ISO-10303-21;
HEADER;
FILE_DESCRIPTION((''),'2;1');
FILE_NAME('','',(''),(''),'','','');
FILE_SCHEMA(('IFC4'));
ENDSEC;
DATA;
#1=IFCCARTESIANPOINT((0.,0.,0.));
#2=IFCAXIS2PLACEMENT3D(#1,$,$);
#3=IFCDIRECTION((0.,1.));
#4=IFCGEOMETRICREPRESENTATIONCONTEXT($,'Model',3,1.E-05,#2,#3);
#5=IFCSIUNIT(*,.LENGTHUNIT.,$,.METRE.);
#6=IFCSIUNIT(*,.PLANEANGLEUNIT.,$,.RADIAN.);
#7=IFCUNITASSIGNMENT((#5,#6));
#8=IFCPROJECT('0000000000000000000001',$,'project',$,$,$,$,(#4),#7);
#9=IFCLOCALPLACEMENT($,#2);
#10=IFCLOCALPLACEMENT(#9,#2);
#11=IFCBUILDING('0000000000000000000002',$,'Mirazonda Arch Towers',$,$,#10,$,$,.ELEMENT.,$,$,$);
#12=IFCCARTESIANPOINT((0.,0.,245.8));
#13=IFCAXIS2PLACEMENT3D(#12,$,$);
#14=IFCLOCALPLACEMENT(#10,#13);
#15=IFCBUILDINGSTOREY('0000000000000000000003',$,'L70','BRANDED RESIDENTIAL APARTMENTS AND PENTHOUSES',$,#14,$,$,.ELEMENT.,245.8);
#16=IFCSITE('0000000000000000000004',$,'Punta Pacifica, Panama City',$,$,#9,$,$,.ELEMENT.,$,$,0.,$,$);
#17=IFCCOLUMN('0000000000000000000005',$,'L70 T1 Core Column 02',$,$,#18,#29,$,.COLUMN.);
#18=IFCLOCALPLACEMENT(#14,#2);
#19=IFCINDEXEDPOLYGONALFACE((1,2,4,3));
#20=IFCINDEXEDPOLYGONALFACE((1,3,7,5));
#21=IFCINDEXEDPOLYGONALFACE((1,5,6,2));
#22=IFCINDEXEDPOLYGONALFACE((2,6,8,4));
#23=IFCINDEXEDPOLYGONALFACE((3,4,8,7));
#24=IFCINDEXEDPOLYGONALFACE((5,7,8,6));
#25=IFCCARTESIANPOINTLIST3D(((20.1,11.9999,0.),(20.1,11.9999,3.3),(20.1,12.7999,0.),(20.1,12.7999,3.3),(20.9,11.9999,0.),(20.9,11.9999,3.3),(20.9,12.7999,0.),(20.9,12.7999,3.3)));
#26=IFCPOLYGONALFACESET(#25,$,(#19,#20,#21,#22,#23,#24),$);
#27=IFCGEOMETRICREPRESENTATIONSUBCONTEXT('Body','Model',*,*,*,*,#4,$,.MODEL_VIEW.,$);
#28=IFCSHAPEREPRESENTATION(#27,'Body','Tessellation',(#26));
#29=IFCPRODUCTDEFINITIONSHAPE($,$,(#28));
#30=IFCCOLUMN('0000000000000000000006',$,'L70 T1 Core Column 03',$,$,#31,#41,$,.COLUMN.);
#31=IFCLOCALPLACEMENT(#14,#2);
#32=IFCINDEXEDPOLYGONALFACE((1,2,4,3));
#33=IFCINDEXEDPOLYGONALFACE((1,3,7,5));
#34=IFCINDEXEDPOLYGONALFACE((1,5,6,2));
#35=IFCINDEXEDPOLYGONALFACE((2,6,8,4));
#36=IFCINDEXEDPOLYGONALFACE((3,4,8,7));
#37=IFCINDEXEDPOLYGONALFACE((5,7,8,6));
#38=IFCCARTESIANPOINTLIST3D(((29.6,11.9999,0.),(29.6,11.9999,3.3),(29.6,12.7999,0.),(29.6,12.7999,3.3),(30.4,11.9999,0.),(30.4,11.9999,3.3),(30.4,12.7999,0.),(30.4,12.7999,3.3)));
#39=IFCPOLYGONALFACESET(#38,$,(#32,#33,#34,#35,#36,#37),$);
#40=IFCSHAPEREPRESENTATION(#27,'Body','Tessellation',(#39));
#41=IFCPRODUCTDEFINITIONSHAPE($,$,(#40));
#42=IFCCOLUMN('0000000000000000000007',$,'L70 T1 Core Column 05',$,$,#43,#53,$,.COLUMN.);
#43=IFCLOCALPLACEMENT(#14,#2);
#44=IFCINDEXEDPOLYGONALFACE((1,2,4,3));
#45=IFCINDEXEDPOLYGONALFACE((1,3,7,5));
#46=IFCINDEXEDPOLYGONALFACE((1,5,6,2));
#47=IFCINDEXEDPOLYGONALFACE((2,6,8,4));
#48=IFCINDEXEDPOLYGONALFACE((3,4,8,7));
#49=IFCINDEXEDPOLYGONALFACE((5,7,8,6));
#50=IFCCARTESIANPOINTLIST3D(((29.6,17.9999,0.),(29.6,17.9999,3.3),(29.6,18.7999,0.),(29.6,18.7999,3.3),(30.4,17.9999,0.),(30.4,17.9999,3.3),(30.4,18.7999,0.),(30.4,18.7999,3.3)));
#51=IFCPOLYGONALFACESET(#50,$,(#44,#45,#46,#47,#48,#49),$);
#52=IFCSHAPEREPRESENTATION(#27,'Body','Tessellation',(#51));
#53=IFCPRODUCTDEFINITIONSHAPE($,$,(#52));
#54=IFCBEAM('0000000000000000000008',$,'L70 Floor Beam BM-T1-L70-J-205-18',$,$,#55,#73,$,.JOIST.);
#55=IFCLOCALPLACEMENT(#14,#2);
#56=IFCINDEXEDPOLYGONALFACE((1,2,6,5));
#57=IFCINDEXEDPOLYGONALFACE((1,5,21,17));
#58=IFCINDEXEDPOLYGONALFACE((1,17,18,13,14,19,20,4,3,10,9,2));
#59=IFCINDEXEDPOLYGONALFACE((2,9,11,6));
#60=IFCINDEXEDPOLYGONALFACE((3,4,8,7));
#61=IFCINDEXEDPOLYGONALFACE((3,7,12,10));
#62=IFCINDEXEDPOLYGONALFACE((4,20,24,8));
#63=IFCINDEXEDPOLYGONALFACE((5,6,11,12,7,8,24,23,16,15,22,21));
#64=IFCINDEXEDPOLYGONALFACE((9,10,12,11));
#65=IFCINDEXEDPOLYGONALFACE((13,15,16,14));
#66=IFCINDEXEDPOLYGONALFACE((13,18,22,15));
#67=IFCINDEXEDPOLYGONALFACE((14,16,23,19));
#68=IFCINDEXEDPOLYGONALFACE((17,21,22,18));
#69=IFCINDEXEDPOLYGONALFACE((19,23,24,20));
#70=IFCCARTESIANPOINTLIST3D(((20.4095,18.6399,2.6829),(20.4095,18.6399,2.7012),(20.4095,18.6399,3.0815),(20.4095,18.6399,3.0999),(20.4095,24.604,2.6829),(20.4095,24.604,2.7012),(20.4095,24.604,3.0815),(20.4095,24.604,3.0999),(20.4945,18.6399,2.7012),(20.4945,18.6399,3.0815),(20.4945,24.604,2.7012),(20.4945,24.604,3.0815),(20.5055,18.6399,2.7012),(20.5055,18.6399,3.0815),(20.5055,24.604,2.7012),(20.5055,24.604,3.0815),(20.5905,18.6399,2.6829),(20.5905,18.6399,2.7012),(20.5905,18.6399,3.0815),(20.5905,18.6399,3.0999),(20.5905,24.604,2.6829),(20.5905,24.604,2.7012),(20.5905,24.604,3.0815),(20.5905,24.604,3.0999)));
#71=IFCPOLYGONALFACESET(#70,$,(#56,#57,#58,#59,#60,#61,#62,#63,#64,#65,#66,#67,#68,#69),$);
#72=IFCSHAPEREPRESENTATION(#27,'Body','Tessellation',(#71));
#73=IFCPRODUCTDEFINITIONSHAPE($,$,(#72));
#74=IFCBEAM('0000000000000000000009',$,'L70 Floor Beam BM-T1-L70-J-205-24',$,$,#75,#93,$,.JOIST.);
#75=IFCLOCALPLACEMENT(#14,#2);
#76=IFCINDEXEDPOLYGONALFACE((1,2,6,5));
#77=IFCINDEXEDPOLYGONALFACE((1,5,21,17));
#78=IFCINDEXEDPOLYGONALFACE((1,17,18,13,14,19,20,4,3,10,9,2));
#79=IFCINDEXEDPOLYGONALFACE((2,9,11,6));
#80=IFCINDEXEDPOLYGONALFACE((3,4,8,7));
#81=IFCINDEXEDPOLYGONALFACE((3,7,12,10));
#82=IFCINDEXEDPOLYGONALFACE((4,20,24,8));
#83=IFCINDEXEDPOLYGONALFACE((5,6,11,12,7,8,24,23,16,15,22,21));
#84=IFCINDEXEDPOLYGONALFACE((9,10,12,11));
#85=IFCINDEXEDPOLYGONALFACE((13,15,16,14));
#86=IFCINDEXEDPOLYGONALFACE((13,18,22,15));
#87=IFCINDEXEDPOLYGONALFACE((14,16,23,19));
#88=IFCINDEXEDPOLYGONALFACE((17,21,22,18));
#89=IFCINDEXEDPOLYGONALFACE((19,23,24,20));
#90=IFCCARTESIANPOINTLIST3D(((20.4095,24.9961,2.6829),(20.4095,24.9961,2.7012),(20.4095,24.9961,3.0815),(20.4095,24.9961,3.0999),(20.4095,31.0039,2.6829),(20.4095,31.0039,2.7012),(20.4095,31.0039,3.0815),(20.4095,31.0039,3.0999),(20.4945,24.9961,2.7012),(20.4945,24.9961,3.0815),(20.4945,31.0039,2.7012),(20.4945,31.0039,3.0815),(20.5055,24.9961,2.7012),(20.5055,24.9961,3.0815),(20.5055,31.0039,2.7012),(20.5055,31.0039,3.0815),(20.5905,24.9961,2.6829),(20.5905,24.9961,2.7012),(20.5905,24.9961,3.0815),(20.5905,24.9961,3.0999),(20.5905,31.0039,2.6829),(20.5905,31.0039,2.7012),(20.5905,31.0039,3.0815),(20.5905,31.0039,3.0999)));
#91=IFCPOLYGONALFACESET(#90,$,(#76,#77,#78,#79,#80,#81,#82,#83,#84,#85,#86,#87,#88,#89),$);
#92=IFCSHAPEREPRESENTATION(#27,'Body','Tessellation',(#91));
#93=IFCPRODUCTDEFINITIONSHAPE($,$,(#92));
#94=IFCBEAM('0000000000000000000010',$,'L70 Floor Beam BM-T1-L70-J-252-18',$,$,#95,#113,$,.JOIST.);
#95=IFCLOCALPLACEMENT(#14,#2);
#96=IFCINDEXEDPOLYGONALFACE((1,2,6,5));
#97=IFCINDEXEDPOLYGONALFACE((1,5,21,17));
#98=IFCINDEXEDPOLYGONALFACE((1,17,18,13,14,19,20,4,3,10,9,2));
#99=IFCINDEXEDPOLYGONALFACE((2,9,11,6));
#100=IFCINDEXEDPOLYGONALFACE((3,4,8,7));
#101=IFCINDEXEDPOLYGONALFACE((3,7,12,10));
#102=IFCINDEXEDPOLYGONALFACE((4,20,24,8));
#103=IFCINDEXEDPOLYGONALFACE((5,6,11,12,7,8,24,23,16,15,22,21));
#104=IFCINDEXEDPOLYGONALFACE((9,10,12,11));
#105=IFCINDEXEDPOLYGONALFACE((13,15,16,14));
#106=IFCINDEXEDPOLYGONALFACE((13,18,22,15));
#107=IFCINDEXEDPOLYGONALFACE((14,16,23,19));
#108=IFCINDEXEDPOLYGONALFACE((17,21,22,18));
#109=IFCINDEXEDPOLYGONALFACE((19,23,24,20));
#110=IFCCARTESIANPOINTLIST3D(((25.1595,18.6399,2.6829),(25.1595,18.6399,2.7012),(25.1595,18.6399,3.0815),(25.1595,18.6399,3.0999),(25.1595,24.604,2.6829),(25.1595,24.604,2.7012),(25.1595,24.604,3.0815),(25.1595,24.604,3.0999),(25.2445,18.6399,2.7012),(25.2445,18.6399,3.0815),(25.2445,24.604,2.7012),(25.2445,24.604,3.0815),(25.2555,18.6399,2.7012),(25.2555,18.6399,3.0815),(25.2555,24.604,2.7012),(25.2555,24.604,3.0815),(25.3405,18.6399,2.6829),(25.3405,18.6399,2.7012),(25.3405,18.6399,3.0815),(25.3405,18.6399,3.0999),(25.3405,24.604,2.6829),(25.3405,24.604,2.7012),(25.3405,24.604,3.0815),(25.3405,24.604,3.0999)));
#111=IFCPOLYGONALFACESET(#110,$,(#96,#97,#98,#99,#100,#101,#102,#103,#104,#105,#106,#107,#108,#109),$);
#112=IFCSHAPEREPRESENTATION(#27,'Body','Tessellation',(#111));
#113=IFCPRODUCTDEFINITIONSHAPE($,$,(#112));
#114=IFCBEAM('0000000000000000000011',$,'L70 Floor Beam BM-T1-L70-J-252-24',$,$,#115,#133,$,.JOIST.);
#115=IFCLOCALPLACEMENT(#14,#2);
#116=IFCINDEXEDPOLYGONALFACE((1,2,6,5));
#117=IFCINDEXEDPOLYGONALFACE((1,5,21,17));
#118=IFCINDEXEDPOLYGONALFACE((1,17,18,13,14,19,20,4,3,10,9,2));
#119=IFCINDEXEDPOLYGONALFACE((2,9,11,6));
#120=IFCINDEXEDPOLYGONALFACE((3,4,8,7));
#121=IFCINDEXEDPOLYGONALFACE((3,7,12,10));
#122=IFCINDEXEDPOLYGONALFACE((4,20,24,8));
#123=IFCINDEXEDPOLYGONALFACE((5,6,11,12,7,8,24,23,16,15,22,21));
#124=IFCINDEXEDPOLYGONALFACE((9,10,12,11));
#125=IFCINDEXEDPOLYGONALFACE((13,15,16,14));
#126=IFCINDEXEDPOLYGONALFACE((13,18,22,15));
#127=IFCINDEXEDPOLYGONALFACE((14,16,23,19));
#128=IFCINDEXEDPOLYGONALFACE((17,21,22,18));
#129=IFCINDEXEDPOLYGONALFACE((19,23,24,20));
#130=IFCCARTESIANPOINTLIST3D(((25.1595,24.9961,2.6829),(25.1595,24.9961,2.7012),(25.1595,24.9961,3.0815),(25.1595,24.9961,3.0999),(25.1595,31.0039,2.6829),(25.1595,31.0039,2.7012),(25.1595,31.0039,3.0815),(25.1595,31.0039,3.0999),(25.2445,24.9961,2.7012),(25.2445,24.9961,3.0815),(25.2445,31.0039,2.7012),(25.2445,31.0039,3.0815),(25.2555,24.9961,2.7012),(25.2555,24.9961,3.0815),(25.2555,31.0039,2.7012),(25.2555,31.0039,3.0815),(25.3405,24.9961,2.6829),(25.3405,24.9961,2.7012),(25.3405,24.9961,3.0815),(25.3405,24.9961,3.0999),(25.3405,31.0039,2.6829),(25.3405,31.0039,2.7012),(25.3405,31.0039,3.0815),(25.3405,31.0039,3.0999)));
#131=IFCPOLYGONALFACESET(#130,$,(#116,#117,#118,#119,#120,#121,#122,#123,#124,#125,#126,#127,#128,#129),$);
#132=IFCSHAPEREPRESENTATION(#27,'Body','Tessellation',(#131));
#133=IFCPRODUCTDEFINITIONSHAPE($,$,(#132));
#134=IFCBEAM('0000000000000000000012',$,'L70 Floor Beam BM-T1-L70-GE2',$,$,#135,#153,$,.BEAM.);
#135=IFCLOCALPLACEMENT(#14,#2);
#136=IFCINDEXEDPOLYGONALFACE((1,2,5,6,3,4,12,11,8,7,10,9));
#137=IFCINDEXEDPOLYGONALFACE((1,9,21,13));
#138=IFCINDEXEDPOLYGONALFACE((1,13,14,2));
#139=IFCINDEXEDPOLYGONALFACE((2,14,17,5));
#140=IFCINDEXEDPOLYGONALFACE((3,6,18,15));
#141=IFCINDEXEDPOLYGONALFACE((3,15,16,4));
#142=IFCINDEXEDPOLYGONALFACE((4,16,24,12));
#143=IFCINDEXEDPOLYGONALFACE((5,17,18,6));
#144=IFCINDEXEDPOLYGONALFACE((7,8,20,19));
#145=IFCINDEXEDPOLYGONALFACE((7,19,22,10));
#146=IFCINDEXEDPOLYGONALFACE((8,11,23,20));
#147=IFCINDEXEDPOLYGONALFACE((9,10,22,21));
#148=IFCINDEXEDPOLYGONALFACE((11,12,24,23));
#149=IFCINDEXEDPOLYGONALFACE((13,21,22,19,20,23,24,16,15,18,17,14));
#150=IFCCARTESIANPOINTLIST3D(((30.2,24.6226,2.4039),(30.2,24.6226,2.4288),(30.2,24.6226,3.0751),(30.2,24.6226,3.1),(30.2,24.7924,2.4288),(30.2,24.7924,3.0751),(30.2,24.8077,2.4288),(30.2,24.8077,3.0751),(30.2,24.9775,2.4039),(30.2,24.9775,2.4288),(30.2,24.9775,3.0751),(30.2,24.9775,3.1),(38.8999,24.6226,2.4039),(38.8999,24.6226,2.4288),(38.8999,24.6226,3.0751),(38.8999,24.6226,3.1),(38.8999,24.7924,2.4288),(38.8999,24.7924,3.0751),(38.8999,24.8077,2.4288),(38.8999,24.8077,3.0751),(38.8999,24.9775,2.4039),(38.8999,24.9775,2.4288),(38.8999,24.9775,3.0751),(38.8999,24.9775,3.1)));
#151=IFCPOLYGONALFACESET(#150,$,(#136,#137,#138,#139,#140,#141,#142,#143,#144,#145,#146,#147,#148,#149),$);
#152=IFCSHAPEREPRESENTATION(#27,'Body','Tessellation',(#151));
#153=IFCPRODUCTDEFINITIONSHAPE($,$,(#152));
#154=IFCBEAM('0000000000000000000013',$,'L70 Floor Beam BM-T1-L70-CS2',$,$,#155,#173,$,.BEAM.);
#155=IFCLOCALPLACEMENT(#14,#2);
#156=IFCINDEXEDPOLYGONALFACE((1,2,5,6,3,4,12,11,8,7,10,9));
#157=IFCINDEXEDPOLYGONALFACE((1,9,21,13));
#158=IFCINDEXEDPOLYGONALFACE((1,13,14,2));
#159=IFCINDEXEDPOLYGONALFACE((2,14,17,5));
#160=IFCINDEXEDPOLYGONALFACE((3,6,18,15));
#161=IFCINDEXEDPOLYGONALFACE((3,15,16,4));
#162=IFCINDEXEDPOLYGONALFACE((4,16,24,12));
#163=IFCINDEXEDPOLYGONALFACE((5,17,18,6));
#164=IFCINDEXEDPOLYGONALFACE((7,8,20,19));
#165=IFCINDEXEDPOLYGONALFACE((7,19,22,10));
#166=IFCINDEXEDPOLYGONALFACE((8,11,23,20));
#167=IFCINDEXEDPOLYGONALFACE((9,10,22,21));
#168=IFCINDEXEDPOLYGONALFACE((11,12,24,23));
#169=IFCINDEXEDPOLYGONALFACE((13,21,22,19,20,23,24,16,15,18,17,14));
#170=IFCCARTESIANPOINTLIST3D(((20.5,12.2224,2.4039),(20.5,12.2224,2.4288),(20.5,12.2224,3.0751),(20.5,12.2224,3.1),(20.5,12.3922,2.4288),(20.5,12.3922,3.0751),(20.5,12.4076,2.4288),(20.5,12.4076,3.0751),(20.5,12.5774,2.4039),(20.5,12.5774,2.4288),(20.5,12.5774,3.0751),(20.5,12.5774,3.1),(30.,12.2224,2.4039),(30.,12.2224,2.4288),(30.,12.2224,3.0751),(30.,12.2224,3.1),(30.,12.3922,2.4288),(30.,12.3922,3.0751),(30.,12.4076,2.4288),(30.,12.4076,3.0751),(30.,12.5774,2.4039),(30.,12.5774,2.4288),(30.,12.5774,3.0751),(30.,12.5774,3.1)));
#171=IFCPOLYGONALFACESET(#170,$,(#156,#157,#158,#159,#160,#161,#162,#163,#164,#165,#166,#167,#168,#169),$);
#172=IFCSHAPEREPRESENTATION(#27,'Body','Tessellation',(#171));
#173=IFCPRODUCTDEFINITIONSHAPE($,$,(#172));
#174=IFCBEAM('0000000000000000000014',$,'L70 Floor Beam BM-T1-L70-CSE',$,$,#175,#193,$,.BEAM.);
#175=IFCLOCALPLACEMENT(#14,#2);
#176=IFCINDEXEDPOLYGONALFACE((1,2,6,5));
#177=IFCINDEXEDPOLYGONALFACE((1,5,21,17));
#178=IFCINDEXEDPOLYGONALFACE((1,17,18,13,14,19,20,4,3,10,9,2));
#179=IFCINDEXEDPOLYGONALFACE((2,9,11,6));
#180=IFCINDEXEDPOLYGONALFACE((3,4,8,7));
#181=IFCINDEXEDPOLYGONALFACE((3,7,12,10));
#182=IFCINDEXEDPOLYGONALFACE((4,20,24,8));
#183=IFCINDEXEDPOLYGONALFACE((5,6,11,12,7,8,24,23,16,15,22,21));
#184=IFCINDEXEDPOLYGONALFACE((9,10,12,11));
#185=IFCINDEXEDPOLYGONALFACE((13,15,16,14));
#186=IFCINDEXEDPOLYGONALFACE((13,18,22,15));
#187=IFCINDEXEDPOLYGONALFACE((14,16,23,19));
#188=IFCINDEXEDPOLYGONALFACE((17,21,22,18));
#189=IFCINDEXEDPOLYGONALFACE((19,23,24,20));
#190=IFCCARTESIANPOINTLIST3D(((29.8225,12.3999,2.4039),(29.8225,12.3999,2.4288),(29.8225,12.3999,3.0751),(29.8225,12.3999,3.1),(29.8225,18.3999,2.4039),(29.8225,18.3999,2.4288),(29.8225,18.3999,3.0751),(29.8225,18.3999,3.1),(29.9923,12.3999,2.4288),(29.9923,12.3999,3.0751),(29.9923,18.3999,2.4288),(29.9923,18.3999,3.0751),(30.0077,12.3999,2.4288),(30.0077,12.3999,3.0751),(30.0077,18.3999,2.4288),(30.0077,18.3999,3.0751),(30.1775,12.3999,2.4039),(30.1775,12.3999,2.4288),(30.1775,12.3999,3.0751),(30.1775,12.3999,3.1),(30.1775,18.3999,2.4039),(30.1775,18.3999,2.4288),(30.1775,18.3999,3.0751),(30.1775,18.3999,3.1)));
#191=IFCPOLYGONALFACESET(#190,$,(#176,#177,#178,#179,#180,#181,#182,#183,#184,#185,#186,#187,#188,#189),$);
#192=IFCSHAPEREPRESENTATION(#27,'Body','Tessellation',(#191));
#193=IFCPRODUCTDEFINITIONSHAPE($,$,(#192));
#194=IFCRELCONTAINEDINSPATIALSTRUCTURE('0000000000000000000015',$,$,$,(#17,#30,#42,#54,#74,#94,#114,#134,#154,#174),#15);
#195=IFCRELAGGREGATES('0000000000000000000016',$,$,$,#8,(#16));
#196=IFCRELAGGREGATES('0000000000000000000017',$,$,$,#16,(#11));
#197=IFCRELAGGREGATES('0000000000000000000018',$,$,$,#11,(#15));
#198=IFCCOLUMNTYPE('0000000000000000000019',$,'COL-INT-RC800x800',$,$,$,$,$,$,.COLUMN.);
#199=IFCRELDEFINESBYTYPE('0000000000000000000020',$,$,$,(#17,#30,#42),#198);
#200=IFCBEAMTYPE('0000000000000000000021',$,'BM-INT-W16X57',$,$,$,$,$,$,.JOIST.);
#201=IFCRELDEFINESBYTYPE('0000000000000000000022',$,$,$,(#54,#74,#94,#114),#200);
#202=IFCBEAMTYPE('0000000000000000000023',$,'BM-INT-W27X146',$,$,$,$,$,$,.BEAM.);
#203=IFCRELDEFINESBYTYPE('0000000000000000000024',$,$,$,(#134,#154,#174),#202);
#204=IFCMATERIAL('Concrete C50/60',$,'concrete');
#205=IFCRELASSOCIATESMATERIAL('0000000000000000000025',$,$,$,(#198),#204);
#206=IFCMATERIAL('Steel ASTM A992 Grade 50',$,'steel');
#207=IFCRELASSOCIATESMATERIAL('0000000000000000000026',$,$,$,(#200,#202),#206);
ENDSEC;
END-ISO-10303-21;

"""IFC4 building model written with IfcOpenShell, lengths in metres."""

from ifc_helpers import new_model, si_unit, direction, frame, origin, origin_2d, place, context, subcontext, project, spatial, rectangle, i_section, extrude, material, material_profile, profile_set, type_object, element, save


model = new_model("IFC4")

# Units and contexts
model_context = context("Model", 3, precision=1e-05, world=origin(), true_north=direction((0.0, 1.0)))
body_context = subcontext(model_context, "Body", "Model", "MODEL_VIEW")
ifc_project = project(units=[si_unit("LENGTHUNIT", "METRE"), si_unit("PLANEANGLEUNIT", "RADIAN")], contexts=[model_context])

# Site, building, storey
site_placement = place(None, origin())
site = spatial("IfcSite", under=ifc_project, at=site_placement, Name="Punta Pacifica, Panama City", CompositionType="ELEMENT", RefElevation=0.0)
building_placement = place(site_placement, origin())
building = spatial("IfcBuilding", under=site, at=building_placement, Name="Mirazonda Arch Towers", CompositionType="ELEMENT")
storey_placement = place(building_placement, frame((0.0, 0.0, 245.8)))
storey = spatial("IfcBuildingStorey", under=building, at=storey_placement, Name="L70", Description="BRANDED RESIDENTIAL APARTMENTS AND PENTHOUSES", CompositionType="ELEMENT", Elevation=245.8)

# Columns
ifc_material_1 = material(Name="Concrete C50/60", Category="concrete")
ifc_material_profile_1 = material_profile(ifc_material_1, rectangle(XDim=0.8, YDim=0.8, at=origin_2d()), Name="RC800x800")
ifc_profile_set_1 = profile_set([ifc_material_profile_1], Name="Concrete C50/60")
column_type = type_object("IfcColumnType", Name="COL-INT-RC800x800", PredefinedType="COLUMN", material=ifc_profile_set_1)
for number, where, z_axis, x_axis, name in (
    (1, (20.5, 12.3999, 0.0), (0.0, 0.0, 1.0), (1.0, 0.0, 0.0), "L70 T1 Core Column 02"),
    (2, (30.0, 12.3999, 0.0), (0.0, 0.0, 1.0), (1.0, 0.0, 0.0), "L70 T1 Core Column 03"),
    (3, (30.0, 18.3999, 0.0), (0.0, 0.0, 1.0), (1.0, 0.0, 0.0), "L70 T1 Core Column 05"),
):
    element("IfcColumn", number, at=place(storey_placement, frame(where, z_axis=z_axis, x_axis=x_axis)), inside=storey, type_object=column_type, Name=name, PredefinedType="COLUMN", context=body_context, shape_type="SweptSolid", body=[
        extrude(rectangle(XDim=0.8, YDim=0.8, at=origin_2d()), origin(), (0.0, 0.0, 1.0), 3.3),
    ])

# Beams
ifc_material_2 = material(Name="Steel ASTM A992 Grade 50", Category="steel")
ifc_material_profile_2 = material_profile(ifc_material_2, i_section(OverallWidth=0.1809, OverallDepth=0.417, WebThickness=0.011, FlangeThickness=0.0183, at=origin_2d()), Name="W16X57")
ifc_profile_set_2 = profile_set([ifc_material_profile_2], Name="Steel ASTM A992 Grade 50")
beam_type_1 = type_object("IfcBeamType", Name="BM-INT-W16X57", PredefinedType="JOIST", material=ifc_profile_set_2)
beam_1_placement = place(storey_placement, frame((20.5, 18.6399, 2.8914), z_axis=(0.0, 1.0, 0.0), x_axis=(-1.0, 0.0, 0.0)))
element("IfcBeam", 4, at=beam_1_placement, inside=storey, type_object=beam_type_1, Name="L70 Floor Beam BM-T1-L70-J-205-18", PredefinedType="JOIST", context=body_context, shape_type="SweptSolid", body=[
    extrude(i_section(OverallWidth=0.1809, OverallDepth=0.417, WebThickness=0.011, FlangeThickness=0.0183, at=origin_2d()), origin(), (0.0, 0.0, 1.0), 5.9641),
])
beam_2_placement = place(storey_placement, frame((20.5, 24.9961, 2.8914), z_axis=(0.0, 1.0, 0.0), x_axis=(-1.0, 0.0, 0.0)))
element("IfcBeam", 5, at=beam_2_placement, inside=storey, type_object=beam_type_1, Name="L70 Floor Beam BM-T1-L70-J-205-24", PredefinedType="JOIST", context=body_context, shape_type="SweptSolid", body=[
    extrude(i_section(OverallWidth=0.1809, OverallDepth=0.417, WebThickness=0.011, FlangeThickness=0.0183, at=origin_2d()), origin(), (0.0, 0.0, 1.0), 6.0078),
])
beam_3_placement = place(storey_placement, frame((25.25, 18.6399, 2.8914), z_axis=(0.0, 1.0, 0.0), x_axis=(-1.0, 0.0, 0.0)))
element("IfcBeam", 6, at=beam_3_placement, inside=storey, type_object=beam_type_1, Name="L70 Floor Beam BM-T1-L70-J-252-18", PredefinedType="JOIST", context=body_context, shape_type="SweptSolid", body=[
    extrude(i_section(OverallWidth=0.1809, OverallDepth=0.417, WebThickness=0.011, FlangeThickness=0.0183, at=origin_2d()), origin(), (0.0, 0.0, 1.0), 5.9641),
])
beam_4_placement = place(storey_placement, frame((25.25, 24.9961, 2.8914), z_axis=(0.0, 1.0, 0.0), x_axis=(-1.0, 0.0, 0.0)))
element("IfcBeam", 7, at=beam_4_placement, inside=storey, type_object=beam_type_1, Name="L70 Floor Beam BM-T1-L70-J-252-24", PredefinedType="JOIST", context=body_context, shape_type="SweptSolid", body=[
    extrude(i_section(OverallWidth=0.1809, OverallDepth=0.417, WebThickness=0.011, FlangeThickness=0.0183, at=origin_2d()), origin(), (0.0, 0.0, 1.0), 6.0078),
])
ifc_material_profile_3 = material_profile(ifc_material_2, i_section(OverallWidth=0.355, OverallDepth=0.696, WebThickness=0.0154, FlangeThickness=0.0249, at=origin_2d()), Name="W27X146")
ifc_profile_set_3 = profile_set([ifc_material_profile_3], Name="Steel ASTM A992 Grade 50")
beam_type_2 = type_object("IfcBeamType", Name="BM-INT-W27X146", PredefinedType="BEAM", material=ifc_profile_set_3)
beam_5_placement = place(storey_placement, frame((30.2, 24.8, 2.752), z_axis=(1.0, 0.0, 0.0), x_axis=(0.0, 1.0, 0.0)))
element("IfcBeam", 8, at=beam_5_placement, inside=storey, type_object=beam_type_2, Name="L70 Floor Beam BM-T1-L70-GE2", PredefinedType="BEAM", context=body_context, shape_type="SweptSolid", body=[
    extrude(i_section(OverallWidth=0.355, OverallDepth=0.696, WebThickness=0.0154, FlangeThickness=0.0249, at=origin_2d()), origin(), (0.0, 0.0, 1.0), 8.7),
])
beam_6_placement = place(storey_placement, frame((20.5, 12.3999, 2.752), z_axis=(1.0, 0.0, 0.0), x_axis=(0.0, 1.0, 0.0)))
element("IfcBeam", 9, at=beam_6_placement, inside=storey, type_object=beam_type_2, Name="L70 Floor Beam BM-T1-L70-CS2", PredefinedType="BEAM", context=body_context, shape_type="SweptSolid", body=[
    extrude(i_section(OverallWidth=0.355, OverallDepth=0.696, WebThickness=0.0154, FlangeThickness=0.0249, at=origin_2d()), origin(), (0.0, 0.0, 1.0), 9.5),
])
beam_7_placement = place(storey_placement, frame((30.0, 12.3999, 2.752), z_axis=(0.0, 1.0, 0.0), x_axis=(-1.0, 0.0, 0.0)))
element("IfcBeam", 10, at=beam_7_placement, inside=storey, type_object=beam_type_2, Name="L70 Floor Beam BM-T1-L70-CSE", PredefinedType="BEAM", context=body_context, shape_type="SweptSolid", body=[
    extrude(i_section(OverallWidth=0.355, OverallDepth=0.696, WebThickness=0.0154, FlangeThickness=0.0249, at=origin_2d()), origin(), (0.0, 0.0, 1.0), 6.0),
])

save(model, "model.ifc")
